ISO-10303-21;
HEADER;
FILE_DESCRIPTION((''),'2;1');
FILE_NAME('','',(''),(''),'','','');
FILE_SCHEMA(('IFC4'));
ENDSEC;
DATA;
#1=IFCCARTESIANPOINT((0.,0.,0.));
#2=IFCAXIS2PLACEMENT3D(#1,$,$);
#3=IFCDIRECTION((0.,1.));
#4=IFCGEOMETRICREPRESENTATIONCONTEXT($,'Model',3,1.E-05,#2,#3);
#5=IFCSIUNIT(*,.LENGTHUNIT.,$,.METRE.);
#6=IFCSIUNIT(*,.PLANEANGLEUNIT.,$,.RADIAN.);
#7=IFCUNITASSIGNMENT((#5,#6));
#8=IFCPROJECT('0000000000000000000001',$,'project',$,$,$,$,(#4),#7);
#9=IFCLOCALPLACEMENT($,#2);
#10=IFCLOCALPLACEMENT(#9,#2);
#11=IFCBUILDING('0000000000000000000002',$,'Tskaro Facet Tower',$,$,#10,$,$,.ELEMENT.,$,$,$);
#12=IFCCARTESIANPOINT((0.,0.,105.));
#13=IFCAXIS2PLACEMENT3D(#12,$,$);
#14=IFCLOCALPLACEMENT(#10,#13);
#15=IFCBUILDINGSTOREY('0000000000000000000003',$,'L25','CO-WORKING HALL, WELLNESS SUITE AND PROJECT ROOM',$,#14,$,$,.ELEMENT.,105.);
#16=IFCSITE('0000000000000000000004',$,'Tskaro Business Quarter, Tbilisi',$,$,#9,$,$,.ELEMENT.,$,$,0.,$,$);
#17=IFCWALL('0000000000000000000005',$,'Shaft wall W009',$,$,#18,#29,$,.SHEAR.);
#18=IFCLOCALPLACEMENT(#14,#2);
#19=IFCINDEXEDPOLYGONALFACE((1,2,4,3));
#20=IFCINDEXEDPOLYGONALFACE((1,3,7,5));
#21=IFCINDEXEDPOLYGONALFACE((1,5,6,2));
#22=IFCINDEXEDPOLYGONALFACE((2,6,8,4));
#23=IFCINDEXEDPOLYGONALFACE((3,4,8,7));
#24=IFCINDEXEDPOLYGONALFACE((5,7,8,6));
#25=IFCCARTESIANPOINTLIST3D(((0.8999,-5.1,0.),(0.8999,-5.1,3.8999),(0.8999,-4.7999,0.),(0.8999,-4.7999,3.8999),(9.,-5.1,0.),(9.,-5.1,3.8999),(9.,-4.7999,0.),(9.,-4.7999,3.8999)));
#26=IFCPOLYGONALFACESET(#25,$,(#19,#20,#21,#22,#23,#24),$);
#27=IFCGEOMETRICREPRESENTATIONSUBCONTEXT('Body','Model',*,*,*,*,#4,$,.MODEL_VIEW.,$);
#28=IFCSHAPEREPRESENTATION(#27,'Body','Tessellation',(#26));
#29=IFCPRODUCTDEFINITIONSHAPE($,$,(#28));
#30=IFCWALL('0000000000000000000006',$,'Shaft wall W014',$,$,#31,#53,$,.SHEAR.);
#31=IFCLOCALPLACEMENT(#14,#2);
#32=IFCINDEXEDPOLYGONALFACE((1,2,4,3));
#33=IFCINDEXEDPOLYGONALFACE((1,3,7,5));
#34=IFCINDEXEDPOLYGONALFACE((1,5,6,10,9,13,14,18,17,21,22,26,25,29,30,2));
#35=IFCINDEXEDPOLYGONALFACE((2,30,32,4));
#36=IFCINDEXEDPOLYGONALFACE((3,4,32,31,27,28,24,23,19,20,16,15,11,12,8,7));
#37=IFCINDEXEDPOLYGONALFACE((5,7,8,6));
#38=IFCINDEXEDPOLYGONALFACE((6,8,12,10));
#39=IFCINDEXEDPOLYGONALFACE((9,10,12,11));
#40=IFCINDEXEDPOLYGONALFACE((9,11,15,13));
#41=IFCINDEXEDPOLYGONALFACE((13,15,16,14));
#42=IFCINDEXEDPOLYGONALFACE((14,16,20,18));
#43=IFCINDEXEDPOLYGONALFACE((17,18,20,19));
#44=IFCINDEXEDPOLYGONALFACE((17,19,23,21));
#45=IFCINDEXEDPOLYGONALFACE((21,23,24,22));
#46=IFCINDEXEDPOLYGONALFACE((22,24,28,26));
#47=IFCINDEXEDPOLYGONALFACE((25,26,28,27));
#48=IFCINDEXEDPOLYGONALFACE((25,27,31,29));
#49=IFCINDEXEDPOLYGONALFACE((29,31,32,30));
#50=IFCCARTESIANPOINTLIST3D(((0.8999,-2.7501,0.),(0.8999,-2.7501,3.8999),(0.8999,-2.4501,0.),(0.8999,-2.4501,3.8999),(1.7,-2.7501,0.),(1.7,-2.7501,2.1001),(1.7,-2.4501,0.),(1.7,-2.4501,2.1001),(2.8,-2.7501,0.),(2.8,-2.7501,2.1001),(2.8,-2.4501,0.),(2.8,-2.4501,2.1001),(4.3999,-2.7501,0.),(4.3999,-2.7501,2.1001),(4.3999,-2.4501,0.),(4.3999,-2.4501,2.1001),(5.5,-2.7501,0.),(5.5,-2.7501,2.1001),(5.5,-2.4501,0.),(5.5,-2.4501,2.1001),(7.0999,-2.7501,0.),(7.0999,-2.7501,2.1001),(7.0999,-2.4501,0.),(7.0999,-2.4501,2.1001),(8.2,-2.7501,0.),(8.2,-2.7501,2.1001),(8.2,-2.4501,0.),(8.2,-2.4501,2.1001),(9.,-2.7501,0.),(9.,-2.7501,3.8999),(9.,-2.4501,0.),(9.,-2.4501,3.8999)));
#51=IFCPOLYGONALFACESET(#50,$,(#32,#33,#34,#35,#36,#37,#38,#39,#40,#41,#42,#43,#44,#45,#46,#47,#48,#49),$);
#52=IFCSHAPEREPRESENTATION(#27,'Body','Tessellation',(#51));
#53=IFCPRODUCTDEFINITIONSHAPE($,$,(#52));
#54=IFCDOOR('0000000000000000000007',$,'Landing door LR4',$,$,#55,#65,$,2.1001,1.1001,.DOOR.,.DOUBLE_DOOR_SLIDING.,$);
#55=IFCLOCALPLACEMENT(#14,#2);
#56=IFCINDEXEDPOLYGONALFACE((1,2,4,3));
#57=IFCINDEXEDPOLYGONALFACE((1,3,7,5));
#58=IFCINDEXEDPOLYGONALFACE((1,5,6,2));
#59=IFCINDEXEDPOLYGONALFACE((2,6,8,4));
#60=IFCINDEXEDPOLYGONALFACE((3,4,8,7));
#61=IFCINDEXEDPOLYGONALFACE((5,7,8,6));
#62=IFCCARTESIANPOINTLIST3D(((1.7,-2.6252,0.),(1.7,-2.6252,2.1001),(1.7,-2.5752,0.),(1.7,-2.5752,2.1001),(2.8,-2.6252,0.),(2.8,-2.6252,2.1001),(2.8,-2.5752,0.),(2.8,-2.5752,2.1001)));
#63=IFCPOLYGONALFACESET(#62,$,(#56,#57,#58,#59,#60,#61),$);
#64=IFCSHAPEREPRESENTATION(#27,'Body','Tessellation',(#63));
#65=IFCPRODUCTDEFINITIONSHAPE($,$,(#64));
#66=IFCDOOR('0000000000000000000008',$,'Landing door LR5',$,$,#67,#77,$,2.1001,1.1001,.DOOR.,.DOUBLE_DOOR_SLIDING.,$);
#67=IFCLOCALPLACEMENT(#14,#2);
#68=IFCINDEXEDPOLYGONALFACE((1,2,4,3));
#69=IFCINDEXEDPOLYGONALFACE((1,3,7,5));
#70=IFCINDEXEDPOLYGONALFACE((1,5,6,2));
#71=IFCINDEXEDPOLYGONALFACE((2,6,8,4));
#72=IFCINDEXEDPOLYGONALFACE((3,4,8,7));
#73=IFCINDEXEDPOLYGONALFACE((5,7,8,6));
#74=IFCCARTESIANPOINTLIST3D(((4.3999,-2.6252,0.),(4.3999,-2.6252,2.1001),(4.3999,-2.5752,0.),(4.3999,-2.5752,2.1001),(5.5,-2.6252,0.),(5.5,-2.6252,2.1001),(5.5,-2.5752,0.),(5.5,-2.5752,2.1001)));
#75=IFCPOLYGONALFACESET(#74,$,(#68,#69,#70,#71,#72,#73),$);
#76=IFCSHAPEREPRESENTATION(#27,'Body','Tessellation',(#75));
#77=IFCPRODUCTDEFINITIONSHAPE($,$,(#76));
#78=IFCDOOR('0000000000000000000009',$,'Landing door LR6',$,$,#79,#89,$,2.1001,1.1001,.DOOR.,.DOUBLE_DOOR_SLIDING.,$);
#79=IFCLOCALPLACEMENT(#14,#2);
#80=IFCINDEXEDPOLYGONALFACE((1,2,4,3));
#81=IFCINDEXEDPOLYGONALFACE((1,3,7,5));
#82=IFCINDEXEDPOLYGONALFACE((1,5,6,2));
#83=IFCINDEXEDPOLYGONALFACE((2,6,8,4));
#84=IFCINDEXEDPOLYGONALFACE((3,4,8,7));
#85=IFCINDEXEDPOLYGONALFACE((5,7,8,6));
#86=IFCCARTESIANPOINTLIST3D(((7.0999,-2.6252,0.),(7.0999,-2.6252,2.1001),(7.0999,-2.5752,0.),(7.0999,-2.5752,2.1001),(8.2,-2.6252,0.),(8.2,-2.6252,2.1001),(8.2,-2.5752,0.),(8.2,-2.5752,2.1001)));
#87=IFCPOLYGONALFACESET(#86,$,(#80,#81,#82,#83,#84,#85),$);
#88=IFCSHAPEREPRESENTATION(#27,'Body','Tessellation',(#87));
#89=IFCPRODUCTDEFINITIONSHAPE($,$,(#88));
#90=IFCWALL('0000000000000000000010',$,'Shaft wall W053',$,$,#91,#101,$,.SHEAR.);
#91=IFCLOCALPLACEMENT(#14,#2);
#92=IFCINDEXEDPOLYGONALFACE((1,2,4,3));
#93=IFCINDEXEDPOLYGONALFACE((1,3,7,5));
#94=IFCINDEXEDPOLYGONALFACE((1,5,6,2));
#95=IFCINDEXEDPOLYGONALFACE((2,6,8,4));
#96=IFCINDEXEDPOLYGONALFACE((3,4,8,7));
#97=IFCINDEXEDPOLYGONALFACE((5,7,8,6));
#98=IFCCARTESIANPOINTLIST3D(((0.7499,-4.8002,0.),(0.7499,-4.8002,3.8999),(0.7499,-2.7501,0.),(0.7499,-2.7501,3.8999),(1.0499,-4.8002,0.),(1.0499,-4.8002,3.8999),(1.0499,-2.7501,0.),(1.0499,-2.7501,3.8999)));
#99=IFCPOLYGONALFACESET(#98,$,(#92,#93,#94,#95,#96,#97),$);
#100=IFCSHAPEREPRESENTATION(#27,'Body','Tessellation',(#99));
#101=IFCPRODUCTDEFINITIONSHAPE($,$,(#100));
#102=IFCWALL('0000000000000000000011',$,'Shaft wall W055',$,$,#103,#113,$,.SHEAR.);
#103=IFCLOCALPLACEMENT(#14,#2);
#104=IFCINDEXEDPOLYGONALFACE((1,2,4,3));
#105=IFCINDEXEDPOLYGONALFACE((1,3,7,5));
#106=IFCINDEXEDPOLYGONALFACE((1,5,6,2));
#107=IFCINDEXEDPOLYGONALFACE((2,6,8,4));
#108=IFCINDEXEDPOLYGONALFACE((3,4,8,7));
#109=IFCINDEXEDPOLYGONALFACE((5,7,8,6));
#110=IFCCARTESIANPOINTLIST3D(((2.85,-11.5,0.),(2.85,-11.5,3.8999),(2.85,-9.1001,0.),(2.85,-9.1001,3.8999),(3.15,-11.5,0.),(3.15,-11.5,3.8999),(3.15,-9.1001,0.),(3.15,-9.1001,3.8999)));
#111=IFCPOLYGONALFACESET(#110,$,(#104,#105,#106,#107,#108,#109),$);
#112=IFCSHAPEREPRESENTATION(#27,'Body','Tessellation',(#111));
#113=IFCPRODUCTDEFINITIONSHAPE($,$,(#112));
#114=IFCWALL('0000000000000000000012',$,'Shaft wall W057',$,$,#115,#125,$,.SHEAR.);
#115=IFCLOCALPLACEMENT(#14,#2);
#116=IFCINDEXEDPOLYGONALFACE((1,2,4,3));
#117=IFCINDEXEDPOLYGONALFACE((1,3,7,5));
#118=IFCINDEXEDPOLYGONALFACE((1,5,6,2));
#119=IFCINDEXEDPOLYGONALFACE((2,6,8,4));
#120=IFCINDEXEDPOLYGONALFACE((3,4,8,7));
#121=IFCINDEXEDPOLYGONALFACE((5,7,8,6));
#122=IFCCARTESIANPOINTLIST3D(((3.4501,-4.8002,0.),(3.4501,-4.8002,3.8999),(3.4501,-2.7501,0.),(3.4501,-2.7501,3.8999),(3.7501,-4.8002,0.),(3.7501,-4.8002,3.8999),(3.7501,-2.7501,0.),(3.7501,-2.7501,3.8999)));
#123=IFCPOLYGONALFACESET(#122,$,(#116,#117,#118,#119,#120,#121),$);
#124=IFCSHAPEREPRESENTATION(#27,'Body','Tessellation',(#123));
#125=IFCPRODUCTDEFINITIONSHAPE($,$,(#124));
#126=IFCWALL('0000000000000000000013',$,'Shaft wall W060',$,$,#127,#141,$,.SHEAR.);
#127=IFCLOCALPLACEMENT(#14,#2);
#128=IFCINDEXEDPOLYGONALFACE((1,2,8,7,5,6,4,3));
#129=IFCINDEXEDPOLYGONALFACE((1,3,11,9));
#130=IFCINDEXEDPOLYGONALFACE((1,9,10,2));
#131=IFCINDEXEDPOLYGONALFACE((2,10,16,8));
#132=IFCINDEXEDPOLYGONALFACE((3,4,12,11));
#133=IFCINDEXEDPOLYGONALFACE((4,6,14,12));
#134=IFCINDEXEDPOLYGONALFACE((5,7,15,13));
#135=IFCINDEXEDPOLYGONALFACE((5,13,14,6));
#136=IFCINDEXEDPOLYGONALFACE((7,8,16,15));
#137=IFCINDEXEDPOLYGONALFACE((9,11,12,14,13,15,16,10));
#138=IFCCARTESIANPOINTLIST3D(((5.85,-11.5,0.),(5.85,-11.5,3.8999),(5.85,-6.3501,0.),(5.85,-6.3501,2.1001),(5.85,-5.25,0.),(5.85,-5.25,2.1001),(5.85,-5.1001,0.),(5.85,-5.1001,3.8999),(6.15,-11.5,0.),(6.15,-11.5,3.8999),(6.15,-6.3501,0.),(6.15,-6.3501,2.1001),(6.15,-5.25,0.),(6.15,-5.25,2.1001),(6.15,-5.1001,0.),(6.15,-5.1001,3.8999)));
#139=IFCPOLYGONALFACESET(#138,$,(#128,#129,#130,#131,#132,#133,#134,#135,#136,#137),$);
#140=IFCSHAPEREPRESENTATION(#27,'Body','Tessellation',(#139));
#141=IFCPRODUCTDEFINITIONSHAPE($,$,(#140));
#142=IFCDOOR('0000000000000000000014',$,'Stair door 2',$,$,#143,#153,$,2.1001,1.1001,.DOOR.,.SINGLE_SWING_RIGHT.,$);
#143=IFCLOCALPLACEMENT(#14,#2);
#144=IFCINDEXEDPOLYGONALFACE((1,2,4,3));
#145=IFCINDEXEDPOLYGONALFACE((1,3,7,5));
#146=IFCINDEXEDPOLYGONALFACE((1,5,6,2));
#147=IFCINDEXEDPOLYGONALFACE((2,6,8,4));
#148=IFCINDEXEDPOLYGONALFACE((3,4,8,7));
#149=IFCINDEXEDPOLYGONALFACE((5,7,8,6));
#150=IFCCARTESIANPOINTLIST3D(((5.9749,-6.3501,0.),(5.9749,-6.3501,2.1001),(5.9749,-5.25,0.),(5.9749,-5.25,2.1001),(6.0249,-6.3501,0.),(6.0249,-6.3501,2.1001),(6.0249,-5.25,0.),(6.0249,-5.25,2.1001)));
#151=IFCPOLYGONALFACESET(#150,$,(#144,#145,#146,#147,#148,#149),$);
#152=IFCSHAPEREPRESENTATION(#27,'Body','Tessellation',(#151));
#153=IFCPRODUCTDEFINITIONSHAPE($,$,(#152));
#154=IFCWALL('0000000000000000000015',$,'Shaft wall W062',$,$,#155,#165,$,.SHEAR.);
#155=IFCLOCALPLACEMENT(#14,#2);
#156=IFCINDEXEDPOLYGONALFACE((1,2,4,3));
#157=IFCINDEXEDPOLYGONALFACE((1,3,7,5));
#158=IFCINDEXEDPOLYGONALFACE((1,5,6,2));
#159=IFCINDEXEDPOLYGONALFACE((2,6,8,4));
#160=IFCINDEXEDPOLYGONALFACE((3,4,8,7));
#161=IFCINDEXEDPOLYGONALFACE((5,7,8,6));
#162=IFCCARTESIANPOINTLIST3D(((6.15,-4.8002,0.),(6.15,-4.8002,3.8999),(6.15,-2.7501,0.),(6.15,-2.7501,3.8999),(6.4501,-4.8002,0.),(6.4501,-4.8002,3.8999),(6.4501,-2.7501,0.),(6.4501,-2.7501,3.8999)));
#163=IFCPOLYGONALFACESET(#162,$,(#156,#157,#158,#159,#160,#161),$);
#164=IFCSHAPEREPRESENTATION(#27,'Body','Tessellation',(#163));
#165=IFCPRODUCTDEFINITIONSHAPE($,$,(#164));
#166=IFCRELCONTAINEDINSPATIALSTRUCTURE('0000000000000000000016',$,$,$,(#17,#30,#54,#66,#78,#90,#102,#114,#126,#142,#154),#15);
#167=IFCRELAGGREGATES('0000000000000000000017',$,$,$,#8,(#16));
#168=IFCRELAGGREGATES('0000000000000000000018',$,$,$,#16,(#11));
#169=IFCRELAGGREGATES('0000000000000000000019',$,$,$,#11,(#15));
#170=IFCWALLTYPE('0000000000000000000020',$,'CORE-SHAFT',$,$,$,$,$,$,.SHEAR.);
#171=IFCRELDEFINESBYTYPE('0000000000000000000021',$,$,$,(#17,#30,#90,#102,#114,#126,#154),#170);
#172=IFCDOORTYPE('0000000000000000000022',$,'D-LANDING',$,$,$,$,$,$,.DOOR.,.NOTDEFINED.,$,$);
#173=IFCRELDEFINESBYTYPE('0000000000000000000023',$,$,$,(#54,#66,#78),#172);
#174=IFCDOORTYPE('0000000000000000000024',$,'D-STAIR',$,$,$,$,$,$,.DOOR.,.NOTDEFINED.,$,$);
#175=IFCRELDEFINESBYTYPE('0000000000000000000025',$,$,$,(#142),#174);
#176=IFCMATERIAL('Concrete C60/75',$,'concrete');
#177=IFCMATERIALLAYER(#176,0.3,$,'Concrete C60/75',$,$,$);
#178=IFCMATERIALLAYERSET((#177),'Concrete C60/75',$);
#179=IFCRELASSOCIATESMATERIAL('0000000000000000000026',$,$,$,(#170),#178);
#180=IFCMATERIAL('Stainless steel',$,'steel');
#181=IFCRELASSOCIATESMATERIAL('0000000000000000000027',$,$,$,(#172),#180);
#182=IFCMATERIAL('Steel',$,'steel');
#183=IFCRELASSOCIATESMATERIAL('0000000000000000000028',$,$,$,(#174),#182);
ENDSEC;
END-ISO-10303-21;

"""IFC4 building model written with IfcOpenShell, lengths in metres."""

from ifc_helpers import new_model, si_unit, direction, frame, frame_2d, origin, place, context, subcontext, project, spatial, rectangle, extrude, material, layer, layer_set, type_object, element, fill, save


model = new_model("IFC4")

# Units and contexts
model_context = context("Model", 3, precision=1e-05, world=origin(), true_north=direction((0.0, 1.0)))
body_context = subcontext(model_context, "Body", "Model", "MODEL_VIEW")
ifc_project = project(units=[si_unit("LENGTHUNIT", "METRE"), si_unit("PLANEANGLEUNIT", "RADIAN")], contexts=[model_context])

# Site, building, storey
site_placement = place(None, origin())
site = spatial("IfcSite", under=ifc_project, at=site_placement, Name="Tskaro Business Quarter, Tbilisi", CompositionType="ELEMENT", RefElevation=0.0)
building_placement = place(site_placement, origin())
building = spatial("IfcBuilding", under=site, at=building_placement, Name="Tskaro Facet Tower", CompositionType="ELEMENT")
storey_placement = place(building_placement, frame((0.0, 0.0, 105.0)))
storey = spatial("IfcBuildingStorey", under=building, at=storey_placement, Name="L25", Description="CO-WORKING HALL, WELLNESS SUITE AND PROJECT ROOM", CompositionType="ELEMENT", Elevation=105.0)

# Wall
ifc_material_1 = material(Name="Concrete C60/75", Category="concrete")
ifc_layer_1 = layer(ifc_material_1, 0.3, Name="Concrete C60/75")
ifc_layer_set_1 = layer_set([ifc_layer_1], Name="Concrete C60/75")
wall_type_1 = type_object("IfcWallType", Name="CORE-SHAFT", PredefinedType="SHEAR", material=ifc_layer_set_1)
wall_1_placement = place(storey_placement, frame((0.8999, -4.95, 0.0), z_axis=(0.0, 0.0, 1.0), x_axis=(1.0, 0.0, 0.0)))
element("IfcWall", 1, at=wall_1_placement, inside=storey, type_object=wall_type_1, Name="Shaft wall W009", PredefinedType="SHEAR", context=body_context, shape_type="SweptSolid", body=[
    extrude(rectangle(XDim=8.1001, YDim=0.3, at=frame_2d((4.05, 0.0))), origin(), (0.0, 0.0, 1.0), 3.8999),
])

# Wall, openings, doors
wall_2_placement = place(storey_placement, frame((0.8999, -2.6001, 0.0), z_axis=(0.0, 0.0, 1.0), x_axis=(1.0, 0.0, 0.0)))
wall_2 = element("IfcWall", 2, at=wall_2_placement, inside=storey, type_object=wall_type_1, Name="Shaft wall W014", PredefinedType="SHEAR", context=body_context, shape_type="SweptSolid", body=[
    extrude(rectangle(XDim=8.1001, YDim=0.3, at=frame_2d((4.05, 0.0))), origin(), (0.0, 0.0, 1.0), 3.8999),
])
opening_1_placement = place(wall_2_placement, frame((0.8, 0.0, 0.0)))
opening_1 = element("IfcOpeningElement", 3, at=opening_1_placement, cuts=wall_2, PredefinedType="OPENING", context=body_context, shape_type="SweptSolid", body=[
    extrude(rectangle(XDim=1.1001, YDim=2.1001, at=frame_2d((0.55, 1.05))), frame((0.0, 0.1599, 0.0), z_axis=(0.0, -1.0, 0.0), x_axis=(1.0, 0.0, 0.0)), (0.0, 0.0, 1.0), 0.3201),
])
opening_2_placement = place(wall_2_placement, frame((3.5, 0.0, 0.0)))
opening_2 = element("IfcOpeningElement", 4, at=opening_2_placement, cuts=wall_2, PredefinedType="OPENING", context=body_context, shape_type="SweptSolid", body=[
    extrude(rectangle(XDim=1.1001, YDim=2.1001, at=frame_2d((0.55, 1.05))), frame((0.0, 0.1599, 0.0), z_axis=(0.0, -1.0, 0.0), x_axis=(1.0, 0.0, 0.0)), (0.0, 0.0, 1.0), 0.3201),
])
opening_3_placement = place(wall_2_placement, frame((6.2, 0.0, 0.0)))
opening_3 = element("IfcOpeningElement", 5, at=opening_3_placement, cuts=wall_2, PredefinedType="OPENING", context=body_context, shape_type="SweptSolid", body=[
    extrude(rectangle(XDim=1.1001, YDim=2.1001, at=frame_2d((0.55, 1.05))), frame((0.0, 0.1599, 0.0), z_axis=(0.0, -1.0, 0.0), x_axis=(1.0, 0.0, 0.0)), (0.0, 0.0, 1.0), 0.3201),
])
ifc_material_2 = material(Name="Stainless steel", Category="steel")
door_type_1 = type_object("IfcDoorType", Name="D-LANDING", OperationType="NOTDEFINED", PredefinedType="DOOR", material=ifc_material_2)
door_1_placement = place(opening_1_placement, origin())
door_1 = element("IfcDoor", 6, at=door_1_placement, inside=storey, type_object=door_type_1, Name="Landing door LR4", OperationType="DOUBLE_DOOR_SLIDING", OverallHeight=2.1001, OverallWidth=1.1001, PredefinedType="DOOR", context=body_context, shape_type="SweptSolid", body=[
    extrude(rectangle(XDim=1.1001, YDim=2.1001, at=frame_2d((0.55, 1.05))), frame((0.0, 0.0249, 0.0), z_axis=(0.0, -1.0, 0.0), x_axis=(1.0, 0.0, 0.0)), (0.0, 0.0, 1.0), 0.05),
])
fill(opening_1, door_1)
door_2_placement = place(opening_2_placement, origin())
door_2 = element("IfcDoor", 7, at=door_2_placement, inside=storey, type_object=door_type_1, Name="Landing door LR5", OperationType="DOUBLE_DOOR_SLIDING", OverallHeight=2.1001, OverallWidth=1.1001, PredefinedType="DOOR", context=body_context, shape_type="SweptSolid", body=[
    extrude(rectangle(XDim=1.1001, YDim=2.1001, at=frame_2d((0.55, 1.05))), frame((0.0, 0.0249, 0.0), z_axis=(0.0, -1.0, 0.0), x_axis=(1.0, 0.0, 0.0)), (0.0, 0.0, 1.0), 0.05),
])
fill(opening_2, door_2)
door_3_placement = place(opening_3_placement, origin())
door_3 = element("IfcDoor", 8, at=door_3_placement, inside=storey, type_object=door_type_1, Name="Landing door LR6", OperationType="DOUBLE_DOOR_SLIDING", OverallHeight=2.1001, OverallWidth=1.1001, PredefinedType="DOOR", context=body_context, shape_type="SweptSolid", body=[
    extrude(rectangle(XDim=1.1001, YDim=2.1001, at=frame_2d((0.55, 1.05))), frame((0.0, 0.0249, 0.0), z_axis=(0.0, -1.0, 0.0), x_axis=(1.0, 0.0, 0.0)), (0.0, 0.0, 1.0), 0.05),
])
fill(opening_3, door_3)

# Walls
wall_3_placement = place(storey_placement, frame((0.8999, -4.8, 0.0), z_axis=(0.0, 0.0, 1.0), x_axis=(0.0, 1.0, 0.0)))
element("IfcWall", 9, at=wall_3_placement, inside=storey, type_object=wall_type_1, Name="Shaft wall W053", PredefinedType="SHEAR", context=body_context, shape_type="SweptSolid", body=[
    extrude(rectangle(XDim=2.05, YDim=0.3, at=frame_2d((1.0249, 0.0))), origin(), (0.0, 0.0, 1.0), 3.8999),
])
wall_4_placement = place(storey_placement, frame((3.0, -11.5, 0.0), z_axis=(0.0, 0.0, 1.0), x_axis=(0.0, 1.0, 0.0)))
element("IfcWall", 10, at=wall_4_placement, inside=storey, type_object=wall_type_1, Name="Shaft wall W055", PredefinedType="SHEAR", context=body_context, shape_type="SweptSolid", body=[
    extrude(rectangle(XDim=2.3999, YDim=0.3, at=frame_2d((1.2, 0.0))), origin(), (0.0, 0.0, 1.0), 3.8999),
])
wall_5_placement = place(storey_placement, frame((3.6001, -4.8, 0.0), z_axis=(0.0, 0.0, 1.0), x_axis=(0.0, 1.0, 0.0)))
element("IfcWall", 11, at=wall_5_placement, inside=storey, type_object=wall_type_1, Name="Shaft wall W057", PredefinedType="SHEAR", context=body_context, shape_type="SweptSolid", body=[
    extrude(rectangle(XDim=2.05, YDim=0.3, at=frame_2d((1.0249, 0.0))), origin(), (0.0, 0.0, 1.0), 3.8999),
])

# Wall, opening, door
wall_6_placement = place(storey_placement, frame((6.0, -5.1001, 0.0), z_axis=(0.0, 0.0, 1.0), x_axis=(0.0, -1.0, 0.0)))
wall_6 = element("IfcWall", 12, at=wall_6_placement, inside=storey, type_object=wall_type_1, Name="Shaft wall W060", PredefinedType="SHEAR", context=body_context, shape_type="SweptSolid", body=[
    extrude(rectangle(XDim=6.3999, YDim=0.3, at=frame_2d((3.2, 0.0))), origin(), (0.0, 0.0, 1.0), 3.8999),
])
opening_4_placement = place(wall_6_placement, frame((0.1499, 0.0, 0.0)))
opening_4 = element("IfcOpeningElement", 13, at=opening_4_placement, cuts=wall_6, PredefinedType="OPENING", context=body_context, shape_type="SweptSolid", body=[
    extrude(rectangle(XDim=1.1001, YDim=2.1001, at=frame_2d((0.55, 1.05))), frame((0.0, 0.1599, 0.0), z_axis=(0.0, -1.0, 0.0), x_axis=(1.0, 0.0, 0.0)), (0.0, 0.0, 1.0), 0.3201),
])
ifc_material_3 = material(Name="Steel", Category="steel")
door_type_2 = type_object("IfcDoorType", Name="D-STAIR", OperationType="NOTDEFINED", PredefinedType="DOOR", material=ifc_material_3)
door_4_placement = place(opening_4_placement, origin())
door_4 = element("IfcDoor", 14, at=door_4_placement, inside=storey, type_object=door_type_2, Name="Stair door 2", OperationType="SINGLE_SWING_RIGHT", OverallHeight=2.1001, OverallWidth=1.1001, PredefinedType="DOOR", context=body_context, shape_type="SweptSolid", body=[
    extrude(rectangle(XDim=1.1001, YDim=2.1001, at=frame_2d((0.55, 1.05))), frame((0.0, 0.0249, 0.0), z_axis=(0.0, -1.0, 0.0), x_axis=(1.0, 0.0, 0.0)), (0.0, 0.0, 1.0), 0.05),
])
fill(opening_4, door_4)

# Wall
wall_7_placement = place(storey_placement, frame((6.3, -4.8, 0.0), z_axis=(0.0, 0.0, 1.0), x_axis=(0.0, 1.0, 0.0)))
element("IfcWall", 15, at=wall_7_placement, inside=storey, type_object=wall_type_1, Name="Shaft wall W062", PredefinedType="SHEAR", context=body_context, shape_type="SweptSolid", body=[
    extrude(rectangle(XDim=2.05, YDim=0.3, at=frame_2d((1.0249, 0.0))), origin(), (0.0, 0.0, 1.0), 3.8999),
])

save(model, "model.ifc")
